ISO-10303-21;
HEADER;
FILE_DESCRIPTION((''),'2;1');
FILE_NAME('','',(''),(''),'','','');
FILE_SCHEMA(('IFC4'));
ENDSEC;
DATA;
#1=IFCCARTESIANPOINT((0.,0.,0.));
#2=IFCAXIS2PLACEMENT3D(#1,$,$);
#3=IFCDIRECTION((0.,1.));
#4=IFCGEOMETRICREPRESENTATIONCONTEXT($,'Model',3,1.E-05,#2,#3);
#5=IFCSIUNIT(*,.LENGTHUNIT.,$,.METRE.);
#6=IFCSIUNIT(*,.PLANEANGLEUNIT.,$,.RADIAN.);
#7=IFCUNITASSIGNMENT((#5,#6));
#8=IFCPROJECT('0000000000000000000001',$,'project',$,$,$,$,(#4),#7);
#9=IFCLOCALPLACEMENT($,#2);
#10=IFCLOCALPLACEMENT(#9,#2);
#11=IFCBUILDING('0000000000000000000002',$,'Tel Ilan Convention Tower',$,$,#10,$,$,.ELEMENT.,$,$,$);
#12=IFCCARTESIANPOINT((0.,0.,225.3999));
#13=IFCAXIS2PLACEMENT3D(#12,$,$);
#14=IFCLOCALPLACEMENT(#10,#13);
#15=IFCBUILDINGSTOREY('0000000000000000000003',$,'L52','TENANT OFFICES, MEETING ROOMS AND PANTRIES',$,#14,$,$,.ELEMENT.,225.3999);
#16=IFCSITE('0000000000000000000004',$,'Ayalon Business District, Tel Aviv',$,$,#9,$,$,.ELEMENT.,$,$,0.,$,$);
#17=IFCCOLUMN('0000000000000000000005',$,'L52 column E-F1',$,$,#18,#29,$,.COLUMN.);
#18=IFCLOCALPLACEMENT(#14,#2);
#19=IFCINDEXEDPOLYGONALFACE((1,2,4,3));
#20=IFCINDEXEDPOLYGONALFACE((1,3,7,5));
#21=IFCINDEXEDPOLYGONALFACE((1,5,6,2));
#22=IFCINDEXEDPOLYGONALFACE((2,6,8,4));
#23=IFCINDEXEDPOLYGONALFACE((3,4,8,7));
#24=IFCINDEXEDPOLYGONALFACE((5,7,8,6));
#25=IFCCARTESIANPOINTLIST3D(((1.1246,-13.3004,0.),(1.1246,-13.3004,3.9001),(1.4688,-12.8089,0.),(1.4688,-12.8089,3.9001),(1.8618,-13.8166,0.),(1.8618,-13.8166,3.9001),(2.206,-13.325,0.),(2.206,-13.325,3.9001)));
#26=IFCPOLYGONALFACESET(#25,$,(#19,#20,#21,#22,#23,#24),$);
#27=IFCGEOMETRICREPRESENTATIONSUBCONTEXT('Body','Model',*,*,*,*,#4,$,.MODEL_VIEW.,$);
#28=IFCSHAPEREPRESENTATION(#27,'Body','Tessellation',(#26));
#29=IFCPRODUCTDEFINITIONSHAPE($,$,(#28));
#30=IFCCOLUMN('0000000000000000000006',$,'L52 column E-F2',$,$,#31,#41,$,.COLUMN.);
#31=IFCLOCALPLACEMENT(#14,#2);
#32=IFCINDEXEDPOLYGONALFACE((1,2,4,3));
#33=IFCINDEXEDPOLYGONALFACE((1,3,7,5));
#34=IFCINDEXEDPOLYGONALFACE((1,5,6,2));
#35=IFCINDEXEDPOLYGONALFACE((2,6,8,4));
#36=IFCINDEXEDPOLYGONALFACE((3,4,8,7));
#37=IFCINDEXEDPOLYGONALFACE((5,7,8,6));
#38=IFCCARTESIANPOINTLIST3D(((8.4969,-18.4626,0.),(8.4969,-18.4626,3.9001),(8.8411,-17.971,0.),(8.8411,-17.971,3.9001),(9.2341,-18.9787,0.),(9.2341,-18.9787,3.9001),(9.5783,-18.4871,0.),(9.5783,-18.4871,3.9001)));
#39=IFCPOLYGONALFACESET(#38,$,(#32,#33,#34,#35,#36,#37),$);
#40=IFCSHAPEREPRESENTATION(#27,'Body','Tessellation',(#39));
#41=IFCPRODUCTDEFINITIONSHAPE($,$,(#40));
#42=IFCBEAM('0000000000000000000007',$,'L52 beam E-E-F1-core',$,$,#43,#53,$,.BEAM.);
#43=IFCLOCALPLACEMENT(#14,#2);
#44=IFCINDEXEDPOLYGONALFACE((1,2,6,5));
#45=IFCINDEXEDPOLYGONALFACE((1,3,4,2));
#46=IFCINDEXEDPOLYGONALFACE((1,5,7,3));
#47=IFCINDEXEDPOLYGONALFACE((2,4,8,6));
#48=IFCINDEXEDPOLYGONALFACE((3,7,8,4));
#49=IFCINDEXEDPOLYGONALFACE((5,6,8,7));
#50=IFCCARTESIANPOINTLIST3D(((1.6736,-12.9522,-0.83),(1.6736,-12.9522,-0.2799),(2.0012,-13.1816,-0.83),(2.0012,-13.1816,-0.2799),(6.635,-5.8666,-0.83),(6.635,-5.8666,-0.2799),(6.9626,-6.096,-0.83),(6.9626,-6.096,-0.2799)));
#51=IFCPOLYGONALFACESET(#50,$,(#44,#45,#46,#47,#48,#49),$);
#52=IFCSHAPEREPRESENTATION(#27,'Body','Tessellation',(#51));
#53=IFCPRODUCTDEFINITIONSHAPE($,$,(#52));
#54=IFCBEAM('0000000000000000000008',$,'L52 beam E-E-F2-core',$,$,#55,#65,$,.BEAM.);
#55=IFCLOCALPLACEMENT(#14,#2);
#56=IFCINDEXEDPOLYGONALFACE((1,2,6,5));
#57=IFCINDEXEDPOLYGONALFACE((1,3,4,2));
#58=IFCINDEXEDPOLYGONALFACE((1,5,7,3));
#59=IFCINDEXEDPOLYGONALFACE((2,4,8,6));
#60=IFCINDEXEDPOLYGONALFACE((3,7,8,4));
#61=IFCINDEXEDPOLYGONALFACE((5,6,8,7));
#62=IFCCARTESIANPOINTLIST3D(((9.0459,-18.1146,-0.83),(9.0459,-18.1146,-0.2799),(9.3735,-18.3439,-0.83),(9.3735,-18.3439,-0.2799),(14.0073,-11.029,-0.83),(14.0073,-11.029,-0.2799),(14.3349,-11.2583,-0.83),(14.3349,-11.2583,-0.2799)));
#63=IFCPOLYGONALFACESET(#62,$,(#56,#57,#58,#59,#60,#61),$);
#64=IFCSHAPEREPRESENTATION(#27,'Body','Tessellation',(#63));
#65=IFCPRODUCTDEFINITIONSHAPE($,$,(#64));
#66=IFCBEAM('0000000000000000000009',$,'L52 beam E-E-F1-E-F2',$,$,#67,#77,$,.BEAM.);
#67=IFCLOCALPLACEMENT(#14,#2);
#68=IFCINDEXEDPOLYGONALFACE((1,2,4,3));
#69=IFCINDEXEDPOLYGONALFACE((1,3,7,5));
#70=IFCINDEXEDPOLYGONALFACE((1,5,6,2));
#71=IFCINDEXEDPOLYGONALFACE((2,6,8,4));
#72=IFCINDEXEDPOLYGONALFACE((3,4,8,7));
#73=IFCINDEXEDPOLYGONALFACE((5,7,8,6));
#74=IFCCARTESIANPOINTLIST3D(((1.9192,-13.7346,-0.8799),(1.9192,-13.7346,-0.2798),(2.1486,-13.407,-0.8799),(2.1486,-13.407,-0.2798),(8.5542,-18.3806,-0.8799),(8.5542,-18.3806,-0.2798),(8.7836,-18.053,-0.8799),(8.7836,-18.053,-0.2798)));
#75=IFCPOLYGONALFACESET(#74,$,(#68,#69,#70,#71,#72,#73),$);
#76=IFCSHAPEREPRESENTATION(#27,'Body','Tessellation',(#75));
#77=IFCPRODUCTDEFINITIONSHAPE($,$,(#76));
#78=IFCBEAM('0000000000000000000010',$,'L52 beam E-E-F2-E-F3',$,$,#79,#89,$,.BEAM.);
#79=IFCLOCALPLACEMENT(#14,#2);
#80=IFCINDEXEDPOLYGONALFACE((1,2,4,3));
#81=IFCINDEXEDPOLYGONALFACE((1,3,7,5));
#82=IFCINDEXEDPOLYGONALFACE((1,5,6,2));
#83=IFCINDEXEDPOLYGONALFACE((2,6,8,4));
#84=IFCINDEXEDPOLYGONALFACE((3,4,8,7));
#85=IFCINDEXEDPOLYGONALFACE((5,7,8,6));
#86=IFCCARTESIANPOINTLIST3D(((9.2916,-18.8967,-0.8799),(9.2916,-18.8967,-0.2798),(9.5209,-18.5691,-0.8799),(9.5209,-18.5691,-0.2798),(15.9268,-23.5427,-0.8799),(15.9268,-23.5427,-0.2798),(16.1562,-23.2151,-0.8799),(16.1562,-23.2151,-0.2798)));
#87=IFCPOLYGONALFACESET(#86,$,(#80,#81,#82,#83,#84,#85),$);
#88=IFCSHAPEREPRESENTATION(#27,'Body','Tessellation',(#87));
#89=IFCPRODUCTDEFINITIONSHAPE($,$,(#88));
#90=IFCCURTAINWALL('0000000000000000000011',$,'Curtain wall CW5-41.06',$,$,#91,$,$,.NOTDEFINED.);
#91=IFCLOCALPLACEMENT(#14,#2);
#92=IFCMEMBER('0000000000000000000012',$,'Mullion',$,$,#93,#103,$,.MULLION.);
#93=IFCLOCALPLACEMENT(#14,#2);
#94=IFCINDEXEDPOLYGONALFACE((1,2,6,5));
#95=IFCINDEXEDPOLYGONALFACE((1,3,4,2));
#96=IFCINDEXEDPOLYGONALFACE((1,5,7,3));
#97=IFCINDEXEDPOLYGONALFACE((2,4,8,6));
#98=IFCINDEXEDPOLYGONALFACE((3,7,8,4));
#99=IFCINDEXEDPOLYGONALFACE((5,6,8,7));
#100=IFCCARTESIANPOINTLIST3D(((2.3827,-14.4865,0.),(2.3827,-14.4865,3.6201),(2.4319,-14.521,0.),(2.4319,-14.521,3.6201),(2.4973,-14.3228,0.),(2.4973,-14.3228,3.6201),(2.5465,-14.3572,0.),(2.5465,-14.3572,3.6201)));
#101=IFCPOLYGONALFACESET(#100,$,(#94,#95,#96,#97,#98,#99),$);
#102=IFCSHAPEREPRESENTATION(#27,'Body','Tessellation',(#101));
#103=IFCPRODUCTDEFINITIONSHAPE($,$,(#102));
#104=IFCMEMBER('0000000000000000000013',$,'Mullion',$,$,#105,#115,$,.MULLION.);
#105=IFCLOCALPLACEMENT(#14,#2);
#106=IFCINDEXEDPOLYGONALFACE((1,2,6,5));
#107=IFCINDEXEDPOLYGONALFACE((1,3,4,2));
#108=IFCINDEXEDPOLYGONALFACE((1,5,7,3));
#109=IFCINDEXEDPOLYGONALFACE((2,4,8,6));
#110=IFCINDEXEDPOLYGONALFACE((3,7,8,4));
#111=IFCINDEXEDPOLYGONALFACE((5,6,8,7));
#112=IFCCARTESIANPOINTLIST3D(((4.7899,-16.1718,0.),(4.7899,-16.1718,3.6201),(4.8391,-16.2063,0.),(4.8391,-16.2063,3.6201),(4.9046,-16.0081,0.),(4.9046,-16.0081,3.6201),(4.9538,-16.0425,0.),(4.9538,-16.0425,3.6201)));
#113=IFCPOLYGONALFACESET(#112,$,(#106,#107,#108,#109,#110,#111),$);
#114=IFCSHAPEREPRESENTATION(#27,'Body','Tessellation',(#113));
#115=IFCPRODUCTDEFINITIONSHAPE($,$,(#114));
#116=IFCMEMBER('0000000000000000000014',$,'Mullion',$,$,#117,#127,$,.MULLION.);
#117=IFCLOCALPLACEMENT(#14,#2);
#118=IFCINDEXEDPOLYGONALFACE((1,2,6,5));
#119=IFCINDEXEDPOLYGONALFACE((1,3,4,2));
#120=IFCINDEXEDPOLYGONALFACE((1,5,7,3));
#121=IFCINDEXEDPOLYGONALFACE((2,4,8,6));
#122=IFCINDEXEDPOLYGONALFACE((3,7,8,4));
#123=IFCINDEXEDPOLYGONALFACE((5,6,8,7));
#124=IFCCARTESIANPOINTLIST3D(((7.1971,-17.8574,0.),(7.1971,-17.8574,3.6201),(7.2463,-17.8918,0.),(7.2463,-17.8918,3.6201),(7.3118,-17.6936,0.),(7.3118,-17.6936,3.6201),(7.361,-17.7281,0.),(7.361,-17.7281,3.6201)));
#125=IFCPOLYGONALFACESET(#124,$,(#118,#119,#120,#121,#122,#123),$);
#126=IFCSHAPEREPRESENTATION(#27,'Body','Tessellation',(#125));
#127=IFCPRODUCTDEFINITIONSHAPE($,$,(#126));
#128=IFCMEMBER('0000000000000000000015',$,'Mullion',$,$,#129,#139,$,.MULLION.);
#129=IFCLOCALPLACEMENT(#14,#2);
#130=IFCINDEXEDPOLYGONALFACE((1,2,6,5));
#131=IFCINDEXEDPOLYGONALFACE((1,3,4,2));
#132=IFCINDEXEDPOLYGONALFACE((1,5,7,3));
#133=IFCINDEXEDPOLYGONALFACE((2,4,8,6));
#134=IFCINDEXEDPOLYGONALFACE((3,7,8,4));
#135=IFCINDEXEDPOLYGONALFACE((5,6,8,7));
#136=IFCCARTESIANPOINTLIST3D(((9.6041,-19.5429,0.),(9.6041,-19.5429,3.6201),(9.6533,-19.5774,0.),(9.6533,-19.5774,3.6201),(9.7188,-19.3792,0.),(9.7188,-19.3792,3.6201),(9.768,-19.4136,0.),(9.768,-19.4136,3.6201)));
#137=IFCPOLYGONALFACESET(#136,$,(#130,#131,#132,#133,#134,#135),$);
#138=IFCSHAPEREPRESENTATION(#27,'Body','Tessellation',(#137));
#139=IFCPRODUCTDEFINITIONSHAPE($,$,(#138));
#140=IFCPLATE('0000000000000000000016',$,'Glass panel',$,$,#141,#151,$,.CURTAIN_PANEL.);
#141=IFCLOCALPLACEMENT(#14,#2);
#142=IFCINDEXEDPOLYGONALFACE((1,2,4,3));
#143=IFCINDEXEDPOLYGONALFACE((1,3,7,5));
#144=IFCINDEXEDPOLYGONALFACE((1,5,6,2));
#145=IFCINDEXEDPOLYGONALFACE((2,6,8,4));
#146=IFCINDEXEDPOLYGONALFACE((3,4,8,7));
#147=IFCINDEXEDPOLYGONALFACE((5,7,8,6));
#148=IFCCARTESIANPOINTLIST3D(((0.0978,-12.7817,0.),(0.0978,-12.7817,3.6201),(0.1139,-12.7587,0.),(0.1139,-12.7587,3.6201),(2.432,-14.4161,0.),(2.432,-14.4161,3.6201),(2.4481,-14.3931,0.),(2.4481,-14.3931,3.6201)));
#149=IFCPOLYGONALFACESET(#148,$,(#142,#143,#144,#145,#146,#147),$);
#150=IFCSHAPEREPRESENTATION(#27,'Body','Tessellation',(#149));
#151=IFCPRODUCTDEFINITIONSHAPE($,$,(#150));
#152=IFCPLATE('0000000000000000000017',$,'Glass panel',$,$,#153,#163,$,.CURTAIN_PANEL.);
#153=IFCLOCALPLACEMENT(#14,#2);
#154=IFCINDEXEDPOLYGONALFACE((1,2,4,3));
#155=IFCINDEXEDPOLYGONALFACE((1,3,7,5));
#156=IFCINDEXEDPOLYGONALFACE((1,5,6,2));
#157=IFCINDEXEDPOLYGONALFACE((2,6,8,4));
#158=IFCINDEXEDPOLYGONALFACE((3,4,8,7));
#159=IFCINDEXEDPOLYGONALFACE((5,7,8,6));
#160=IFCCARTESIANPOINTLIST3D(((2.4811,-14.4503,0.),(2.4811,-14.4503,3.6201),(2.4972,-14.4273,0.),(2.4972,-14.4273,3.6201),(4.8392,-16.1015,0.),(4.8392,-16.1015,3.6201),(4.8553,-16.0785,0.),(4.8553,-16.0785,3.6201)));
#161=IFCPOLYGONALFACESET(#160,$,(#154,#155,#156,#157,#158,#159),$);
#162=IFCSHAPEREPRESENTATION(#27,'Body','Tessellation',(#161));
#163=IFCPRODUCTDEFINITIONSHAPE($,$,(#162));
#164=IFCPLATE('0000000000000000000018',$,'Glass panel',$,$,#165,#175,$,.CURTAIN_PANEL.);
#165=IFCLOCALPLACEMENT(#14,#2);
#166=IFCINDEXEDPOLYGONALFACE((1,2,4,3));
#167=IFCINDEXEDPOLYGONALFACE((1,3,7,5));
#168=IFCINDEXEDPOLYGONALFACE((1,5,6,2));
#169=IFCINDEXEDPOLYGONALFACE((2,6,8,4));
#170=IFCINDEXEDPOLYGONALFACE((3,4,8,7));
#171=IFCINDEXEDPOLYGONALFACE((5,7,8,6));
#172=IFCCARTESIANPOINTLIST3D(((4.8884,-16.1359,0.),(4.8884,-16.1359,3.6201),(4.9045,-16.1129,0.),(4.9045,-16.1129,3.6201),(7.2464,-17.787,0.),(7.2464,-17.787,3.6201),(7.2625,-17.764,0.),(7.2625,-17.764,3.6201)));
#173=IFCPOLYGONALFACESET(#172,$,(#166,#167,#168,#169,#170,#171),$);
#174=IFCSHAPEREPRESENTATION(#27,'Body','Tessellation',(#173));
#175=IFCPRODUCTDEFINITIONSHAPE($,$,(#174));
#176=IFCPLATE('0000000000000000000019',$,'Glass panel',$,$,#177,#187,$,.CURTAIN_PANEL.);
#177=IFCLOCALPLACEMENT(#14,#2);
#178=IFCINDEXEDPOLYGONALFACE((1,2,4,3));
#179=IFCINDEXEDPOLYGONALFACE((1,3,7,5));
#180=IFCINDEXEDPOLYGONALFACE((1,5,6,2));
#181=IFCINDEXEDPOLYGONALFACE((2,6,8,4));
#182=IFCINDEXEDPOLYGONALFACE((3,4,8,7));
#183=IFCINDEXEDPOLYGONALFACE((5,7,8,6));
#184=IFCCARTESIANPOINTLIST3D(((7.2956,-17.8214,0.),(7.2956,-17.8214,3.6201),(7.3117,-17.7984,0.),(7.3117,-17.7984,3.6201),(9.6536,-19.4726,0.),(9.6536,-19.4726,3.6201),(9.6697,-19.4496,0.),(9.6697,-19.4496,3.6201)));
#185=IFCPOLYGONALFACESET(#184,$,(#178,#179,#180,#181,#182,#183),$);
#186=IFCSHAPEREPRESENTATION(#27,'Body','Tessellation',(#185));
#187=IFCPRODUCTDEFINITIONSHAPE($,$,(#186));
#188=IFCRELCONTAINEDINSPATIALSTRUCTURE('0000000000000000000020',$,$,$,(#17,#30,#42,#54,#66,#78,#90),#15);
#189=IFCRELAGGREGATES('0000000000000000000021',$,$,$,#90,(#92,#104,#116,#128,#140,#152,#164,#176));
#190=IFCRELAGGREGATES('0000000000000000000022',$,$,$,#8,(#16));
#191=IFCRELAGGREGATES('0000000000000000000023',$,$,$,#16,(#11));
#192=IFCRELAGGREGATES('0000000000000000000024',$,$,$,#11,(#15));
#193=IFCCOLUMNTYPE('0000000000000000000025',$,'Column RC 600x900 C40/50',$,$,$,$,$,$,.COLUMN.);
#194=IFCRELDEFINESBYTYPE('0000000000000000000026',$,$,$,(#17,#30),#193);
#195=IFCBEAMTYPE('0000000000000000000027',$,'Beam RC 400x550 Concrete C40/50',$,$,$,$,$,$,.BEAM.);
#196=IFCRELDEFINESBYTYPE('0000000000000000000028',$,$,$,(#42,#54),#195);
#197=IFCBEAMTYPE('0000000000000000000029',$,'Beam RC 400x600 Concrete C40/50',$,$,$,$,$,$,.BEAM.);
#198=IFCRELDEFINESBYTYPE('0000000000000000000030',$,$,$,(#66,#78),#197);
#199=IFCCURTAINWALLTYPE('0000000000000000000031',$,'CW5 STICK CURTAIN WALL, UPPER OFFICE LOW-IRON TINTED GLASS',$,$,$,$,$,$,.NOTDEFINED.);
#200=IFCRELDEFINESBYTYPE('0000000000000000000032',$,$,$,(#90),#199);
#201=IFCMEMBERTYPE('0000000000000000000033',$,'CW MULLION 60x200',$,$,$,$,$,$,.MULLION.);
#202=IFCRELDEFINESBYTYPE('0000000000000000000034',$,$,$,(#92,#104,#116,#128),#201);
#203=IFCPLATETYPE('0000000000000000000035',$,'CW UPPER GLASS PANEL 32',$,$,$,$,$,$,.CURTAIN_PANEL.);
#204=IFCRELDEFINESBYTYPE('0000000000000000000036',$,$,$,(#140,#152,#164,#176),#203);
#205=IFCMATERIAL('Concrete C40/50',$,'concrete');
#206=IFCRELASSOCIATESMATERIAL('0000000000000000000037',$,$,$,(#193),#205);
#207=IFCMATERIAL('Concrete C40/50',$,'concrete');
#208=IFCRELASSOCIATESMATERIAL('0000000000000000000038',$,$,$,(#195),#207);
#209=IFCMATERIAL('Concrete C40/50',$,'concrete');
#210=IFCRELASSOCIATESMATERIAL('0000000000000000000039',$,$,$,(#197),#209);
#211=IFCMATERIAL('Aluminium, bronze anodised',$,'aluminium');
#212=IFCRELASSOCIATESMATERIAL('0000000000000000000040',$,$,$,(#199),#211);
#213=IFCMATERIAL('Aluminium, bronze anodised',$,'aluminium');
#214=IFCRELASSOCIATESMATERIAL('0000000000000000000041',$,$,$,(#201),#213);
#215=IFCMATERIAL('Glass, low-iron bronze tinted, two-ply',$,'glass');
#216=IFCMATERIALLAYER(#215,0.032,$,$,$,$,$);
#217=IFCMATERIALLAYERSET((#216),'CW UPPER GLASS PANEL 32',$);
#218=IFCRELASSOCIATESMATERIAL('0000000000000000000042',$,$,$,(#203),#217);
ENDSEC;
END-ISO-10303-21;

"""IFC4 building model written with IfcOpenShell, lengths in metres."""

from ifc_helpers import new_model, si_unit, direction, frame, origin, origin_2d, place, context, subcontext, project, spatial, rectangle, extrude, material, layer, layer_set, material_profile, profile_set, type_object, element, aggregate, save


model = new_model("IFC4")

# Units and contexts
model_context = context("Model", 3, precision=1e-05, world=origin(), true_north=direction((0.0, 1.0)))
body_context = subcontext(model_context, "Body", "Model", "MODEL_VIEW")
ifc_project = project(units=[si_unit("LENGTHUNIT", "METRE"), si_unit("PLANEANGLEUNIT", "RADIAN")], contexts=[model_context])

# Site, building, storey
site_placement = place(None, origin())
site = spatial("IfcSite", under=ifc_project, at=site_placement, Name="Ayalon Business District, Tel Aviv", CompositionType="ELEMENT", RefElevation=0.0)
building_placement = place(site_placement, origin())
building = spatial("IfcBuilding", under=site, at=building_placement, Name="Tel Ilan Convention Tower", CompositionType="ELEMENT")
storey_placement = place(building_placement, frame((0.0, 0.0, 225.3999)))
storey = spatial("IfcBuildingStorey", under=building, at=storey_placement, Name="L52", Description="TENANT OFFICES, MEETING ROOMS AND PANTRIES", CompositionType="ELEMENT", Elevation=225.3999)

# Columns
ifc_material_1 = material(Name="Concrete C40/50", Category="concrete")
ifc_material_profile_1 = material_profile(ifc_material_1, rectangle(XDim=0.8999, YDim=0.6001, at=origin_2d()), Name="RC 600x900")
ifc_profile_set_1 = profile_set([ifc_material_profile_1], Name="Concrete C40/50")
column_type = type_object("IfcColumnType", Name="Column RC 600x900 C40/50", PredefinedType="COLUMN", material=ifc_profile_set_1)
for number, where, z_axis, x_axis, name in (
    (1, (1.6653, -13.3127, 0.0), (0.0, 0.0, 1.0), (0.819152, -0.573576, 0.0), "L52 column E-F1"),
    (2, (9.0376, -18.4749, 0.0), (0.0, 0.0, 1.0), (0.819152, -0.573576, 0.0), "L52 column E-F2"),
):
    element("IfcColumn", number, at=place(storey_placement, frame(where, z_axis=z_axis, x_axis=x_axis)), inside=storey, type_object=column_type, Name=name, PredefinedType="COLUMN", context=body_context, shape_type="SweptSolid", body=[
        extrude(rectangle(XDim=0.8999, YDim=0.6001, at=origin_2d()), origin(), (0.0, 0.0, 1.0), 3.9001),
    ])

# Beams
ifc_material_2 = material(Name="Concrete C40/50", Category="concrete")
ifc_material_profile_2 = material_profile(ifc_material_2, rectangle(XDim=0.3999, YDim=0.55, at=origin_2d()), Name="RC 400x550")
ifc_profile_set_2 = profile_set([ifc_material_profile_2], Name="Concrete C40/50")
beam_type_1 = type_object("IfcBeamType", Name="Beam RC 400x550 Concrete C40/50", PredefinedType="BEAM", material=ifc_profile_set_2)
for number, where, z_axis, x_axis, name in (
    (3, (1.8374, -13.0669, -0.5549), (0.573574, 0.819154, 0.0), (-0.819154, 0.573574, 0.0), "L52 beam E-E-F1-core"),
    (4, (9.2097, -18.2292, -0.5549), (0.573574, 0.819154, 0.0), (-0.819154, 0.573574, 0.0), "L52 beam E-E-F2-core"),
):
    element("IfcBeam", number, at=place(storey_placement, frame(where, z_axis=z_axis, x_axis=x_axis)), inside=storey, type_object=beam_type_1, Name=name, PredefinedType="BEAM", context=body_context, shape_type="SweptSolid", body=[
        extrude(rectangle(XDim=0.3999, YDim=0.55, at=origin_2d()), origin(), (0.0, 0.0, 1.0), 8.6499),
    ])
ifc_material_3 = material(Name="Concrete C40/50", Category="concrete")
ifc_material_profile_3 = material_profile(ifc_material_3, rectangle(XDim=0.3999, YDim=0.6001, at=origin_2d()), Name="RC 400x600")
ifc_profile_set_3 = profile_set([ifc_material_profile_3], Name="Concrete C40/50")
beam_type_2 = type_object("IfcBeamType", Name="Beam RC 400x600 Concrete C40/50", PredefinedType="BEAM", material=ifc_profile_set_3)
beam_1_placement = place(storey_placement, frame((2.0339, -13.5708, -0.5798), z_axis=(0.819146, -0.573586, 0.0), x_axis=(0.573586, 0.819146, 0.0)))
element("IfcBeam", 5, at=beam_1_placement, inside=storey, type_object=beam_type_2, Name="L52 beam E-E-F1-E-F2", PredefinedType="BEAM", context=body_context, shape_type="SweptSolid", body=[
    extrude(rectangle(XDim=0.3999, YDim=0.6001, at=origin_2d()), origin(), (0.0, 0.0, 1.0), 8.0999),
])
beam_2_placement = place(storey_placement, frame((9.4062, -18.7329, -0.5798), z_axis=(0.819155, -0.573572, 0.0), x_axis=(0.573572, 0.819155, 0.0)))
element("IfcBeam", 6, at=beam_2_placement, inside=storey, type_object=beam_type_2, Name="L52 beam E-E-F2-E-F3", PredefinedType="BEAM", context=body_context, shape_type="SweptSolid", body=[
    extrude(rectangle(XDim=0.3999, YDim=0.6001, at=origin_2d()), origin(), (0.0, 0.0, 1.0), 8.1001),
])

# Curtain wall, members, plates
ifc_material_4 = material(Name="Aluminium, bronze anodised", Category="aluminium")
curtain_wall_type = type_object("IfcCurtainWallType", Name="CW5 STICK CURTAIN WALL, UPPER OFFICE LOW-IRON TINTED GLASS", PredefinedType="NOTDEFINED", material=ifc_material_4)
curtain_wall_placement = place(storey_placement, origin())
curtain_wall = element("IfcCurtainWall", 7, at=curtain_wall_placement, inside=storey, type_object=curtain_wall_type, Name="Curtain wall CW5-41.06", PredefinedType="NOTDEFINED")
ifc_material_5 = material(Name="Aluminium, bronze anodised", Category="aluminium")
ifc_material_profile_4 = material_profile(ifc_material_5, rectangle(XDim=0.0601, YDim=0.2, at=origin_2d()), Name="CW MULLION 60x200")
ifc_profile_set_4 = profile_set([ifc_material_profile_4], Name="Aluminium, bronze anodised")
member_type = type_object("IfcMemberType", Name="CW MULLION 60x200", PredefinedType="MULLION", material=ifc_profile_set_4)
member_1_placement = place(storey_placement, frame((2.4646, -14.4219, 0.0), z_axis=(0.0, 0.0, 1.0), x_axis=(0.819152, -0.573576, 0.0)))
member_1 = element("IfcMember", 8, at=member_1_placement, type_object=member_type, Name="Mullion", PredefinedType="MULLION", context=body_context, shape_type="SweptSolid", body=[
    extrude(rectangle(XDim=0.0601, YDim=0.2, at=origin_2d()), origin(), (0.0, 0.0, 1.0), 3.6201),
])
member_2_placement = place(storey_placement, frame((4.8718, -16.1072, 0.0), z_axis=(0.0, 0.0, 1.0), x_axis=(0.819152, -0.573576, 0.0)))
member_2 = element("IfcMember", 9, at=member_2_placement, type_object=member_type, Name="Mullion", PredefinedType="MULLION", context=body_context, shape_type="SweptSolid", body=[
    extrude(rectangle(XDim=0.0601, YDim=0.2, at=origin_2d()), origin(), (0.0, 0.0, 1.0), 3.6201),
])
member_3_placement = place(storey_placement, frame((7.2791, -17.7927, 0.0), z_axis=(0.0, 0.0, 1.0), x_axis=(0.819152, -0.573576, 0.0)))
member_3 = element("IfcMember", 10, at=member_3_placement, type_object=member_type, Name="Mullion", PredefinedType="MULLION", context=body_context, shape_type="SweptSolid", body=[
    extrude(rectangle(XDim=0.0601, YDim=0.2, at=origin_2d()), origin(), (0.0, 0.0, 1.0), 3.6201),
])
member_4_placement = place(storey_placement, frame((9.686, -19.4783, 0.0), z_axis=(0.0, 0.0, 1.0), x_axis=(0.819152, -0.573576, 0.0)))
member_4 = element("IfcMember", 11, at=member_4_placement, type_object=member_type, Name="Mullion", PredefinedType="MULLION", context=body_context, shape_type="SweptSolid", body=[
    extrude(rectangle(XDim=0.0601, YDim=0.2, at=origin_2d()), origin(), (0.0, 0.0, 1.0), 3.6201),
])
ifc_material_6 = material(Name="Glass, low-iron bronze tinted, two-ply", Category="glass")
ifc_layer_1 = layer(ifc_material_6, 0.032)
ifc_layer_set_1 = layer_set([ifc_layer_1], Name="CW UPPER GLASS PANEL 32")
plate_type = type_object("IfcPlateType", Name="CW UPPER GLASS PANEL 32", PredefinedType="CURTAIN_PANEL", material=ifc_layer_set_1)
plate_1_placement = place(storey_placement, frame((1.2729, -13.5874, 0.0), z_axis=(0.0, 0.0, 1.0), x_axis=(0.819152, -0.573576, 0.0)))
plate_1 = element("IfcPlate", 12, at=plate_1_placement, type_object=plate_type, Name="Glass panel", PredefinedType="CURTAIN_PANEL", context=body_context, shape_type="SweptSolid", body=[
    extrude(rectangle(XDim=2.8496, YDim=0.0281, at=origin_2d()), origin(), (0.0, 0.0, 1.0), 3.6201),
])
plate_2_placement = place(storey_placement, frame((3.6682, -15.2644, 0.0), z_axis=(0.0, 0.0, 1.0), x_axis=(0.819152, -0.573576, 0.0)))
plate_2 = element("IfcPlate", 13, at=plate_2_placement, type_object=plate_type, Name="Glass panel", PredefinedType="CURTAIN_PANEL", context=body_context, shape_type="SweptSolid", body=[
    extrude(rectangle(XDim=2.8787, YDim=0.0281, at=origin_2d()), origin(), (0.0, 0.0, 1.0), 3.6201),
])
plate_3_placement = place(storey_placement, frame((6.0754, -16.95, 0.0), z_axis=(0.0, 0.0, 1.0), x_axis=(0.819152, -0.573576, 0.0)))
plate_3 = element("IfcPlate", 14, at=plate_3_placement, type_object=plate_type, Name="Glass panel", PredefinedType="CURTAIN_PANEL", context=body_context, shape_type="SweptSolid", body=[
    extrude(rectangle(XDim=2.8787, YDim=0.0281, at=origin_2d()), origin(), (0.0, 0.0, 1.0), 3.6201),
])
plate_4_placement = place(storey_placement, frame((8.4827, -18.6355, 0.0), z_axis=(0.0, 0.0, 1.0), x_axis=(0.819152, -0.573576, 0.0)))
plate_4 = element("IfcPlate", 15, at=plate_4_placement, type_object=plate_type, Name="Glass panel", PredefinedType="CURTAIN_PANEL", context=body_context, shape_type="SweptSolid", body=[
    extrude(rectangle(XDim=2.8787, YDim=0.0281, at=origin_2d()), origin(), (0.0, 0.0, 1.0), 3.6201),
])
aggregate(curtain_wall, [member_1, member_2, member_3, member_4, plate_1, plate_2, plate_3, plate_4])

save(model, "model.ifc")
